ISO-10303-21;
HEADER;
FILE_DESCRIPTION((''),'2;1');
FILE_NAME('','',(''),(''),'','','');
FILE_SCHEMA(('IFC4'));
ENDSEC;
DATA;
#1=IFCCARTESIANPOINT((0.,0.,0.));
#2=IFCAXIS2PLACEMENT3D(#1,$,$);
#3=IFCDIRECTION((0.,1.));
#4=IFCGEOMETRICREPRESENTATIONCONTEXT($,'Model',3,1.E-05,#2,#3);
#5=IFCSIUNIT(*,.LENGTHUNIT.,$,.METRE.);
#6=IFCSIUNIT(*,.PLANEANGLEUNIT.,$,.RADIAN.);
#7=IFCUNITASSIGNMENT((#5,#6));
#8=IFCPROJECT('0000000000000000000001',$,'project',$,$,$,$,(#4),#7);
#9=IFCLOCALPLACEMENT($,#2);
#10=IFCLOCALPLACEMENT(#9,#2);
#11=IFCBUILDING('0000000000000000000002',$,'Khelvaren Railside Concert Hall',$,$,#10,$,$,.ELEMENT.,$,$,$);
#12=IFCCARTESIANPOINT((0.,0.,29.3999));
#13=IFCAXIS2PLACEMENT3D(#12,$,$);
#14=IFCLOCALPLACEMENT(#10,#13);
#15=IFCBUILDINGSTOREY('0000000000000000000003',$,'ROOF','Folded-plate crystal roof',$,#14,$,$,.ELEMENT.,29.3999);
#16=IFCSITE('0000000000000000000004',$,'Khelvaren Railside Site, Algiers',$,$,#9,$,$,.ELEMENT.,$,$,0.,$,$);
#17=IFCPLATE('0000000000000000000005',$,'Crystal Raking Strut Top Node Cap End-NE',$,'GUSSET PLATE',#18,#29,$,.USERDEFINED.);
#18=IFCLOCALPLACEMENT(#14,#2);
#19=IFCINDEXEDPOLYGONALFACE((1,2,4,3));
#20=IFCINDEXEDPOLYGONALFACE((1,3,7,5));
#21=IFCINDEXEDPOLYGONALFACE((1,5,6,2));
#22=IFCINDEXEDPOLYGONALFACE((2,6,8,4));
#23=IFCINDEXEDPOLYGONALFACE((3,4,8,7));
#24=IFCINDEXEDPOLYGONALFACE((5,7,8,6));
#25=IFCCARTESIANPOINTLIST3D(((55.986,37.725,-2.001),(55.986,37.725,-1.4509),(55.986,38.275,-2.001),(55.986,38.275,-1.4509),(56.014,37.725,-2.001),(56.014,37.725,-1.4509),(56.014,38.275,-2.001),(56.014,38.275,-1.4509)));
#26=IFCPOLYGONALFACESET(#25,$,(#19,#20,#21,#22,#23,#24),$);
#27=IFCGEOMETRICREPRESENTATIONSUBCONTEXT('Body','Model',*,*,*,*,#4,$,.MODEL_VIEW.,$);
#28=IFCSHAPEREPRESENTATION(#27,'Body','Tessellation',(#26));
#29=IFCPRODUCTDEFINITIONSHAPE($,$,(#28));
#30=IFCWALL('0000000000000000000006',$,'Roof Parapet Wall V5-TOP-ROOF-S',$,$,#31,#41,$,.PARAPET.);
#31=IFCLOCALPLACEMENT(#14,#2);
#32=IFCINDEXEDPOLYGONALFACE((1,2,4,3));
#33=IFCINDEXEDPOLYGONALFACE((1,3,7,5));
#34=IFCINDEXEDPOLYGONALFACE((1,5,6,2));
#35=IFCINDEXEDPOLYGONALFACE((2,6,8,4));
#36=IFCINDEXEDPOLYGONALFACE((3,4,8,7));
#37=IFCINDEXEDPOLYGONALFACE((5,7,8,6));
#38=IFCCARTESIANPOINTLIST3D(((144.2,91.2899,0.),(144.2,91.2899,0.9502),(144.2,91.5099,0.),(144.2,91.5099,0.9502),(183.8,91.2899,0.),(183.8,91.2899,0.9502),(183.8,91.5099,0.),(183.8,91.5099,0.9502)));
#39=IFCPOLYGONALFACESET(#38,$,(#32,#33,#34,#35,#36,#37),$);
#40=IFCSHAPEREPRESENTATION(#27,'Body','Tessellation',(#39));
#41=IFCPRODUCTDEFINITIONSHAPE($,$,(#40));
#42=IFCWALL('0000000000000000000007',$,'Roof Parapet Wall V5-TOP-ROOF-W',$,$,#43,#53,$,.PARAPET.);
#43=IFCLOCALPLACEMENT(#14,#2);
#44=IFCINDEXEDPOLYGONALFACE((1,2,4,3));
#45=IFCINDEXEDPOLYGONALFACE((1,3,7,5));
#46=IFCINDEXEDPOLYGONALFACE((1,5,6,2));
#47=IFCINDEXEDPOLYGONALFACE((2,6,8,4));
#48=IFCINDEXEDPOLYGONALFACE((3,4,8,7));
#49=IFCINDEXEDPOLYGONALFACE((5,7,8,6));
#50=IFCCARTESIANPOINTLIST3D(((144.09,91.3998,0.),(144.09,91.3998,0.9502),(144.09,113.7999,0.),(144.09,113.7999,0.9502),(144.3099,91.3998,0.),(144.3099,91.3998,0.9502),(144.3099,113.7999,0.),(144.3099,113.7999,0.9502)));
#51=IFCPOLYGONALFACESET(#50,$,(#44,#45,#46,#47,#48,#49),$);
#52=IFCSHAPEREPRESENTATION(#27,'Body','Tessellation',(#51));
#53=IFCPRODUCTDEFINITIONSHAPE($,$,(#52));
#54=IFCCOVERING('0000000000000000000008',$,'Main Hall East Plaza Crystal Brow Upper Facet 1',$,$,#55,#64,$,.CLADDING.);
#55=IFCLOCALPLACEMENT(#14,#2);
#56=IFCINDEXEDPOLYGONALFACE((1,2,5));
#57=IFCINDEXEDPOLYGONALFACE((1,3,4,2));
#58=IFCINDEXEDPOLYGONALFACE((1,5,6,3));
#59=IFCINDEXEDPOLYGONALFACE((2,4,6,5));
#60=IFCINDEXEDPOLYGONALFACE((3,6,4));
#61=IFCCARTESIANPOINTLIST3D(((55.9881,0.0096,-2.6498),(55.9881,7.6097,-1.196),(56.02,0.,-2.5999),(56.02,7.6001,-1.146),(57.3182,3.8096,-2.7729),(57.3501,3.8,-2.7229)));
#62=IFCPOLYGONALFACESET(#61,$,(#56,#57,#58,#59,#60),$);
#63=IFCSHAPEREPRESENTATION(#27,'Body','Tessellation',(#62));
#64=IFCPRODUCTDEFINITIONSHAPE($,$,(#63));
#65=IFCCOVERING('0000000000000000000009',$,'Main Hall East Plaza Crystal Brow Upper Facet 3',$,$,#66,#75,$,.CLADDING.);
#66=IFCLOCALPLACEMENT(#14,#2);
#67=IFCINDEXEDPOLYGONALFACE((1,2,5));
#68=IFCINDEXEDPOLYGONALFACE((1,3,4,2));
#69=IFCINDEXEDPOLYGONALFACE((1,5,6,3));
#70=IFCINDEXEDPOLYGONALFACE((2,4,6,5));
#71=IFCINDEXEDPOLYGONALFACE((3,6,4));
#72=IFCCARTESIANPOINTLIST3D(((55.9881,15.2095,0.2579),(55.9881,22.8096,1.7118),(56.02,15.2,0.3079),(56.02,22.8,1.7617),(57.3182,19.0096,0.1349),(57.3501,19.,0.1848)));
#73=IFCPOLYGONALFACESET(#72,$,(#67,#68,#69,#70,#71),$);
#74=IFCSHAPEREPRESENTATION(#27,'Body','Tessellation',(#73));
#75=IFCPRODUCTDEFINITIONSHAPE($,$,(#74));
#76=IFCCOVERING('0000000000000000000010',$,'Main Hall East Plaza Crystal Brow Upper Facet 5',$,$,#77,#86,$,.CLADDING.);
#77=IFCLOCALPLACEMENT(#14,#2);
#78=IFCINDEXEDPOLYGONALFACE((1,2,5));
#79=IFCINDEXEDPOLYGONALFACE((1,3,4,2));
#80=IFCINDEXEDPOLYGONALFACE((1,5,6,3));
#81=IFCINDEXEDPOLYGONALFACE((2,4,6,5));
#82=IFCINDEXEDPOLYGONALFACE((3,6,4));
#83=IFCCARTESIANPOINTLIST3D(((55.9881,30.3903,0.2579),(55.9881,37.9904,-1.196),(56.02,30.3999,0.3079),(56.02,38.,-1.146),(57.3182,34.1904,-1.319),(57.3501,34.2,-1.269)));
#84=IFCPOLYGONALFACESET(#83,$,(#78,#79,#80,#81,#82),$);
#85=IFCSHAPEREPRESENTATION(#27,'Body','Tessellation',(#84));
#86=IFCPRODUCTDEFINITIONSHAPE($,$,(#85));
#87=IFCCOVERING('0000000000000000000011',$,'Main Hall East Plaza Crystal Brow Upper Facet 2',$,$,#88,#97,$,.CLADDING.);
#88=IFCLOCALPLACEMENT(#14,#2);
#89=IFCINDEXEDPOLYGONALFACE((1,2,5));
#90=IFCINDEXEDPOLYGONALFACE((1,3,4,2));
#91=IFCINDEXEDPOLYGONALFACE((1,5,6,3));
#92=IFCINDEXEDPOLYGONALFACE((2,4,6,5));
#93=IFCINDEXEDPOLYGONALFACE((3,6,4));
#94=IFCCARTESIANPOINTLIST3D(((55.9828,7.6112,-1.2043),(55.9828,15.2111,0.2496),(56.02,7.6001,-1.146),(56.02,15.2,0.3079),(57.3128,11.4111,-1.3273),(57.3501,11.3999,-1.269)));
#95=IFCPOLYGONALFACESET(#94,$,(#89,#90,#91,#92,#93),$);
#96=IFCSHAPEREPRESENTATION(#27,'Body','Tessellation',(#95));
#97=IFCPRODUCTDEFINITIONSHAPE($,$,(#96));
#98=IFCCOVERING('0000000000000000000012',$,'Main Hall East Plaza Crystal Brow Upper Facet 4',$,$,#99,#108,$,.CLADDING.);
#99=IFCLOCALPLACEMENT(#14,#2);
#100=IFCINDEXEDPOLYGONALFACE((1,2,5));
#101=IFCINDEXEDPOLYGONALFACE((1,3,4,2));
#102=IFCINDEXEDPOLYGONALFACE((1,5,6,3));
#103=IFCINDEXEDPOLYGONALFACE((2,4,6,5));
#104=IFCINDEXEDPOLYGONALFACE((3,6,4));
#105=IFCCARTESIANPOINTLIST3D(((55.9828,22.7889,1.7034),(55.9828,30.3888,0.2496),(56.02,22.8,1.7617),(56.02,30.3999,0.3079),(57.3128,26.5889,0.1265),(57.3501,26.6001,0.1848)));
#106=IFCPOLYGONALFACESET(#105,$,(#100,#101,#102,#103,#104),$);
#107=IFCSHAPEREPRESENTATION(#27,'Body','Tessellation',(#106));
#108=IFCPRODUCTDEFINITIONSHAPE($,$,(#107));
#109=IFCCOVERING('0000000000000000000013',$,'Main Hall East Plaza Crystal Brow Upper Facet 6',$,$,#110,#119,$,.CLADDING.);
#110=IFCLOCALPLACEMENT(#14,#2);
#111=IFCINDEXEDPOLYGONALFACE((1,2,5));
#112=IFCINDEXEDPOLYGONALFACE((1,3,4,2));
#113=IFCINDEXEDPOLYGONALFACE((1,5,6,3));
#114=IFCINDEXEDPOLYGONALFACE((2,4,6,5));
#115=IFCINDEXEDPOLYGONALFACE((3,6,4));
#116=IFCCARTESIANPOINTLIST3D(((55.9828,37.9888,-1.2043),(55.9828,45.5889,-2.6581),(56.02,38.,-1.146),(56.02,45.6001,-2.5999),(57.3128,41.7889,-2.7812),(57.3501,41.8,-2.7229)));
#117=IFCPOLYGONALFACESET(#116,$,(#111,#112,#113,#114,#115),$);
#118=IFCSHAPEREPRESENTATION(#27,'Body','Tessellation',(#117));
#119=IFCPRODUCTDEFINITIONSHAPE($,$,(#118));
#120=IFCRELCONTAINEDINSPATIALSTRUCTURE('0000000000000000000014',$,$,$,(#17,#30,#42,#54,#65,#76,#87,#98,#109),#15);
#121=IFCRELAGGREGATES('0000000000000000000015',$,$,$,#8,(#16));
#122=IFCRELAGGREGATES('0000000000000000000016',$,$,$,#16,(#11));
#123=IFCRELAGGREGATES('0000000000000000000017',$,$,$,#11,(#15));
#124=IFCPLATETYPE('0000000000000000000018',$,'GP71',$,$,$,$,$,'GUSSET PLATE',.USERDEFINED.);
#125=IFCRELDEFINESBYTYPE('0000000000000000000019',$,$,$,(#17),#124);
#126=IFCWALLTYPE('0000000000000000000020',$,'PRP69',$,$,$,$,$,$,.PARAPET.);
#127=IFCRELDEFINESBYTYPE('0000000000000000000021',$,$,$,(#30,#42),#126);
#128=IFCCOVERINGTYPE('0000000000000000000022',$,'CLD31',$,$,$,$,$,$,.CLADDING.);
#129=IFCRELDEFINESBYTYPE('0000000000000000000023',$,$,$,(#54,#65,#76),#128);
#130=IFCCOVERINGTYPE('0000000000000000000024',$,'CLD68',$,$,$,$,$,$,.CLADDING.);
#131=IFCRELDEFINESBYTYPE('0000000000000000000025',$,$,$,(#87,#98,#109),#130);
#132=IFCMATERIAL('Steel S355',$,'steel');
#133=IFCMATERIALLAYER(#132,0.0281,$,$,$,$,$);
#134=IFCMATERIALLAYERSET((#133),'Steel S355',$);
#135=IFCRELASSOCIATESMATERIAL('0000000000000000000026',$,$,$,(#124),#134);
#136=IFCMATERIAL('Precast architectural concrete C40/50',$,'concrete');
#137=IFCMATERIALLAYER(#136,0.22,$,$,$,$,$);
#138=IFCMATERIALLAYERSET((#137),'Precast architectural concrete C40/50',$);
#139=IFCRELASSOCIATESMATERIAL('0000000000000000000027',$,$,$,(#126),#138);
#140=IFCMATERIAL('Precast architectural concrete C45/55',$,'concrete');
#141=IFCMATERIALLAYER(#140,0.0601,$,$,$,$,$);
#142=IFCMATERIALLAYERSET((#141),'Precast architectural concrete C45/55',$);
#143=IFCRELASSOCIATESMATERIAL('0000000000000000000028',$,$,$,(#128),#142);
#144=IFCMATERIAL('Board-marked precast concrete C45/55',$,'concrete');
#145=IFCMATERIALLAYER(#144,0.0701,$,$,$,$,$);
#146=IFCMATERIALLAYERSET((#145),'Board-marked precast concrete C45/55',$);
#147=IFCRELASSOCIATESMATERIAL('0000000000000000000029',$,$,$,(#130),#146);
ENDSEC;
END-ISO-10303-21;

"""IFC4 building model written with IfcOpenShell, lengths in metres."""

from ifc_helpers import new_model, si_unit, direction, frame, frame_2d, origin, origin_2d, place, context, subcontext, project, spatial, polyline, rectangle, outline, extrude, material, layer, layer_set, type_object, element, save


model = new_model("IFC4")

# Units and contexts
model_context = context("Model", 3, precision=1e-05, world=origin(), true_north=direction((0.0, 1.0)))
body_context = subcontext(model_context, "Body", "Model", "MODEL_VIEW")
ifc_project = project(units=[si_unit("LENGTHUNIT", "METRE"), si_unit("PLANEANGLEUNIT", "RADIAN")], contexts=[model_context])

# Site, building, storey
site_placement = place(None, origin())
site = spatial("IfcSite", under=ifc_project, at=site_placement, Name="Khelvaren Railside Site, Algiers", CompositionType="ELEMENT", RefElevation=0.0)
building_placement = place(site_placement, origin())
building = spatial("IfcBuilding", under=site, at=building_placement, Name="Khelvaren Railside Concert Hall", CompositionType="ELEMENT")
storey_placement = place(building_placement, frame((0.0, 0.0, 29.3999)))
storey = spatial("IfcBuildingStorey", under=building, at=storey_placement, Name="ROOF", Description="Folded-plate crystal roof", CompositionType="ELEMENT", Elevation=29.3999)

# Shared definitions
ifc_material_1 = material(Name="Steel S355", Category="steel")

# Plate
ifc_layer_1 = layer(ifc_material_1, 0.0281)
ifc_layer_set_1 = layer_set([ifc_layer_1], Name="Steel S355")
plate_type = type_object("IfcPlateType", Name="GP71", ElementType="GUSSET PLATE", PredefinedType="USERDEFINED", material=ifc_layer_set_1)
plate_1_placement = place(storey_placement, frame((56.0, 38.0, -2.001), z_axis=(0.0, 0.0, 1.0), x_axis=(1.0, 0.0, 0.0)))
element("IfcPlate", 1, at=plate_1_placement, inside=storey, type_object=plate_type, Name="Crystal Raking Strut Top Node Cap End-NE", ObjectType="GUSSET PLATE", PredefinedType="USERDEFINED", context=body_context, shape_type="SweptSolid", body=[
    extrude(rectangle(XDim=0.0281, YDim=0.55, at=origin_2d()), origin(), (0.0, 0.0, 1.0), 0.55),
])

# Walls
ifc_material_2 = material(Name="Precast architectural concrete C40/50", Category="concrete")
ifc_layer_2 = layer(ifc_material_2, 0.22)
ifc_layer_set_2 = layer_set([ifc_layer_2], Name="Precast architectural concrete C40/50")
wall_type = type_object("IfcWallType", Name="PRP69", PredefinedType="PARAPET", material=ifc_layer_set_2)
wall_1_placement = place(storey_placement, frame((144.2, 91.3999, 0.0), z_axis=(0.0, 0.0, 1.0), x_axis=(1.0, 0.0, 0.0)))
element("IfcWall", 2, at=wall_1_placement, inside=storey, type_object=wall_type, Name="Roof Parapet Wall V5-TOP-ROOF-S", PredefinedType="PARAPET", context=body_context, shape_type="SweptSolid", body=[
    extrude(rectangle(XDim=39.6001, YDim=0.22, at=frame_2d((19.8, 0.0))), origin(), (0.0, 0.0, 1.0), 0.9502),
])
wall_2_placement = place(storey_placement, frame((144.2, 113.8, 0.0), z_axis=(0.0, 0.0, 1.0), x_axis=(0.0, -1.0, 0.0)))
element("IfcWall", 3, at=wall_2_placement, inside=storey, type_object=wall_type, Name="Roof Parapet Wall V5-TOP-ROOF-W", PredefinedType="PARAPET", context=body_context, shape_type="SweptSolid", body=[
    extrude(rectangle(XDim=22.4001, YDim=0.22, at=frame_2d((11.2002, 0.0))), origin(), (0.0, 0.0, 1.0), 0.9502),
])

# Coverings
ifc_material_3 = material(Name="Precast architectural concrete C45/55", Category="concrete")
ifc_layer_3 = layer(ifc_material_3, 0.0601)
ifc_layer_set_3 = layer_set([ifc_layer_3], Name="Precast architectural concrete C45/55")
covering_type_1 = type_object("IfcCoveringType", Name="CLD31", PredefinedType="CLADDING", material=ifc_layer_set_3)
for number, where, z_axis, x_axis, name in (
    (4, (56.02, 0.0, -2.5999), (0.531619, -0.159138, 0.8319), (0.0, 0.982191, 0.187888), "Main Hall East Plaza Crystal Brow Upper Facet 1"),
    (5, (56.02, 15.2, 0.3079), (0.531619, -0.159138, 0.8319), (0.0, 0.982191, 0.187888), "Main Hall East Plaza Crystal Brow Upper Facet 3"),
):
    element("IfcCovering", number, at=place(storey_placement, frame(where, z_axis=z_axis, x_axis=x_axis)), inside=storey, type_object=covering_type_1, Name=name, PredefinedType="CLADDING", context=body_context, shape_type="SweptSolid", body=[
        extrude(outline(polyline([(0.0, 0.0), (7.7379, 0.0), (3.7093, -1.5704), (0.0, 0.0)])), origin(), (0.0, 0.0, -1.0), 0.0601),
    ])
covering_1_placement = place(storey_placement, frame((56.02, 30.3999, 0.3079), z_axis=(0.531619, 0.159138, 0.8319), x_axis=(0.0, 0.982191, -0.187888)))
element("IfcCovering", 6, at=covering_1_placement, inside=storey, type_object=covering_type_1, Name="Main Hall East Plaza Crystal Brow Upper Facet 5", PredefinedType="CLADDING", context=body_context, shape_type="SweptSolid", body=[
    extrude(outline(polyline([(0.0, 0.0), (7.7379, 0.0), (4.0287, -1.5704), (0.0, 0.0)])), origin(), (0.0, 0.0, -1.0), 0.0601),
])
ifc_material_4 = material(Name="Board-marked precast concrete C45/55", Category="concrete")
ifc_layer_4 = layer(ifc_material_4, 0.0701)
ifc_layer_set_4 = layer_set([ifc_layer_4], Name="Board-marked precast concrete C45/55")
covering_type_2 = type_object("IfcCoveringType", Name="CLD68", PredefinedType="CLADDING", material=ifc_layer_set_4)
covering_2_placement = place(storey_placement, frame((56.02, 7.6001, -1.146), z_axis=(0.531608, -0.159144, 0.831905), x_axis=(0.0, 0.982189, 0.187894)))
element("IfcCovering", 7, at=covering_2_placement, inside=storey, type_object=covering_type_2, Name="Main Hall East Plaza Crystal Brow Upper Facet 2", PredefinedType="CLADDING", context=body_context, shape_type="SweptSolid", body=[
    extrude(outline(polyline([(0.0, 0.0), (7.7377, 0.0), (3.709, -1.5704), (0.0, 0.0)])), origin(), (0.0, 0.0, -1.0), 0.0701),
])
covering_3_placement = place(storey_placement, frame((56.02, 22.8, 1.7617), z_axis=(0.531608, 0.159144, 0.831905), x_axis=(0.0, 0.982189, -0.187894)))
element("IfcCovering", 8, at=covering_3_placement, inside=storey, type_object=covering_type_2, Name="Main Hall East Plaza Crystal Brow Upper Facet 4", PredefinedType="CLADDING", context=body_context, shape_type="SweptSolid", body=[
    extrude(outline(polyline([(0.0, 0.0), (7.7377, 0.0), (4.0287, -1.5704), (0.0, 0.0)])), origin(), (0.0, 0.0, -1.0), 0.0701),
])
covering_4_placement = place(storey_placement, frame((56.02, 38.0, -1.146), z_axis=(0.531619, 0.159138, 0.8319), x_axis=(0.0, 0.982191, -0.187888)))
element("IfcCovering", 9, at=covering_4_placement, inside=storey, type_object=covering_type_2, Name="Main Hall East Plaza Crystal Brow Upper Facet 6", PredefinedType="CLADDING", context=body_context, shape_type="SweptSolid", body=[
    extrude(outline(polyline([(0.0, 0.0), (7.7379, 0.0), (4.0287, -1.5704), (0.0, 0.0)])), origin(), (0.0, 0.0, -1.0), 0.0701),
])

save(model, "model.ifc")
